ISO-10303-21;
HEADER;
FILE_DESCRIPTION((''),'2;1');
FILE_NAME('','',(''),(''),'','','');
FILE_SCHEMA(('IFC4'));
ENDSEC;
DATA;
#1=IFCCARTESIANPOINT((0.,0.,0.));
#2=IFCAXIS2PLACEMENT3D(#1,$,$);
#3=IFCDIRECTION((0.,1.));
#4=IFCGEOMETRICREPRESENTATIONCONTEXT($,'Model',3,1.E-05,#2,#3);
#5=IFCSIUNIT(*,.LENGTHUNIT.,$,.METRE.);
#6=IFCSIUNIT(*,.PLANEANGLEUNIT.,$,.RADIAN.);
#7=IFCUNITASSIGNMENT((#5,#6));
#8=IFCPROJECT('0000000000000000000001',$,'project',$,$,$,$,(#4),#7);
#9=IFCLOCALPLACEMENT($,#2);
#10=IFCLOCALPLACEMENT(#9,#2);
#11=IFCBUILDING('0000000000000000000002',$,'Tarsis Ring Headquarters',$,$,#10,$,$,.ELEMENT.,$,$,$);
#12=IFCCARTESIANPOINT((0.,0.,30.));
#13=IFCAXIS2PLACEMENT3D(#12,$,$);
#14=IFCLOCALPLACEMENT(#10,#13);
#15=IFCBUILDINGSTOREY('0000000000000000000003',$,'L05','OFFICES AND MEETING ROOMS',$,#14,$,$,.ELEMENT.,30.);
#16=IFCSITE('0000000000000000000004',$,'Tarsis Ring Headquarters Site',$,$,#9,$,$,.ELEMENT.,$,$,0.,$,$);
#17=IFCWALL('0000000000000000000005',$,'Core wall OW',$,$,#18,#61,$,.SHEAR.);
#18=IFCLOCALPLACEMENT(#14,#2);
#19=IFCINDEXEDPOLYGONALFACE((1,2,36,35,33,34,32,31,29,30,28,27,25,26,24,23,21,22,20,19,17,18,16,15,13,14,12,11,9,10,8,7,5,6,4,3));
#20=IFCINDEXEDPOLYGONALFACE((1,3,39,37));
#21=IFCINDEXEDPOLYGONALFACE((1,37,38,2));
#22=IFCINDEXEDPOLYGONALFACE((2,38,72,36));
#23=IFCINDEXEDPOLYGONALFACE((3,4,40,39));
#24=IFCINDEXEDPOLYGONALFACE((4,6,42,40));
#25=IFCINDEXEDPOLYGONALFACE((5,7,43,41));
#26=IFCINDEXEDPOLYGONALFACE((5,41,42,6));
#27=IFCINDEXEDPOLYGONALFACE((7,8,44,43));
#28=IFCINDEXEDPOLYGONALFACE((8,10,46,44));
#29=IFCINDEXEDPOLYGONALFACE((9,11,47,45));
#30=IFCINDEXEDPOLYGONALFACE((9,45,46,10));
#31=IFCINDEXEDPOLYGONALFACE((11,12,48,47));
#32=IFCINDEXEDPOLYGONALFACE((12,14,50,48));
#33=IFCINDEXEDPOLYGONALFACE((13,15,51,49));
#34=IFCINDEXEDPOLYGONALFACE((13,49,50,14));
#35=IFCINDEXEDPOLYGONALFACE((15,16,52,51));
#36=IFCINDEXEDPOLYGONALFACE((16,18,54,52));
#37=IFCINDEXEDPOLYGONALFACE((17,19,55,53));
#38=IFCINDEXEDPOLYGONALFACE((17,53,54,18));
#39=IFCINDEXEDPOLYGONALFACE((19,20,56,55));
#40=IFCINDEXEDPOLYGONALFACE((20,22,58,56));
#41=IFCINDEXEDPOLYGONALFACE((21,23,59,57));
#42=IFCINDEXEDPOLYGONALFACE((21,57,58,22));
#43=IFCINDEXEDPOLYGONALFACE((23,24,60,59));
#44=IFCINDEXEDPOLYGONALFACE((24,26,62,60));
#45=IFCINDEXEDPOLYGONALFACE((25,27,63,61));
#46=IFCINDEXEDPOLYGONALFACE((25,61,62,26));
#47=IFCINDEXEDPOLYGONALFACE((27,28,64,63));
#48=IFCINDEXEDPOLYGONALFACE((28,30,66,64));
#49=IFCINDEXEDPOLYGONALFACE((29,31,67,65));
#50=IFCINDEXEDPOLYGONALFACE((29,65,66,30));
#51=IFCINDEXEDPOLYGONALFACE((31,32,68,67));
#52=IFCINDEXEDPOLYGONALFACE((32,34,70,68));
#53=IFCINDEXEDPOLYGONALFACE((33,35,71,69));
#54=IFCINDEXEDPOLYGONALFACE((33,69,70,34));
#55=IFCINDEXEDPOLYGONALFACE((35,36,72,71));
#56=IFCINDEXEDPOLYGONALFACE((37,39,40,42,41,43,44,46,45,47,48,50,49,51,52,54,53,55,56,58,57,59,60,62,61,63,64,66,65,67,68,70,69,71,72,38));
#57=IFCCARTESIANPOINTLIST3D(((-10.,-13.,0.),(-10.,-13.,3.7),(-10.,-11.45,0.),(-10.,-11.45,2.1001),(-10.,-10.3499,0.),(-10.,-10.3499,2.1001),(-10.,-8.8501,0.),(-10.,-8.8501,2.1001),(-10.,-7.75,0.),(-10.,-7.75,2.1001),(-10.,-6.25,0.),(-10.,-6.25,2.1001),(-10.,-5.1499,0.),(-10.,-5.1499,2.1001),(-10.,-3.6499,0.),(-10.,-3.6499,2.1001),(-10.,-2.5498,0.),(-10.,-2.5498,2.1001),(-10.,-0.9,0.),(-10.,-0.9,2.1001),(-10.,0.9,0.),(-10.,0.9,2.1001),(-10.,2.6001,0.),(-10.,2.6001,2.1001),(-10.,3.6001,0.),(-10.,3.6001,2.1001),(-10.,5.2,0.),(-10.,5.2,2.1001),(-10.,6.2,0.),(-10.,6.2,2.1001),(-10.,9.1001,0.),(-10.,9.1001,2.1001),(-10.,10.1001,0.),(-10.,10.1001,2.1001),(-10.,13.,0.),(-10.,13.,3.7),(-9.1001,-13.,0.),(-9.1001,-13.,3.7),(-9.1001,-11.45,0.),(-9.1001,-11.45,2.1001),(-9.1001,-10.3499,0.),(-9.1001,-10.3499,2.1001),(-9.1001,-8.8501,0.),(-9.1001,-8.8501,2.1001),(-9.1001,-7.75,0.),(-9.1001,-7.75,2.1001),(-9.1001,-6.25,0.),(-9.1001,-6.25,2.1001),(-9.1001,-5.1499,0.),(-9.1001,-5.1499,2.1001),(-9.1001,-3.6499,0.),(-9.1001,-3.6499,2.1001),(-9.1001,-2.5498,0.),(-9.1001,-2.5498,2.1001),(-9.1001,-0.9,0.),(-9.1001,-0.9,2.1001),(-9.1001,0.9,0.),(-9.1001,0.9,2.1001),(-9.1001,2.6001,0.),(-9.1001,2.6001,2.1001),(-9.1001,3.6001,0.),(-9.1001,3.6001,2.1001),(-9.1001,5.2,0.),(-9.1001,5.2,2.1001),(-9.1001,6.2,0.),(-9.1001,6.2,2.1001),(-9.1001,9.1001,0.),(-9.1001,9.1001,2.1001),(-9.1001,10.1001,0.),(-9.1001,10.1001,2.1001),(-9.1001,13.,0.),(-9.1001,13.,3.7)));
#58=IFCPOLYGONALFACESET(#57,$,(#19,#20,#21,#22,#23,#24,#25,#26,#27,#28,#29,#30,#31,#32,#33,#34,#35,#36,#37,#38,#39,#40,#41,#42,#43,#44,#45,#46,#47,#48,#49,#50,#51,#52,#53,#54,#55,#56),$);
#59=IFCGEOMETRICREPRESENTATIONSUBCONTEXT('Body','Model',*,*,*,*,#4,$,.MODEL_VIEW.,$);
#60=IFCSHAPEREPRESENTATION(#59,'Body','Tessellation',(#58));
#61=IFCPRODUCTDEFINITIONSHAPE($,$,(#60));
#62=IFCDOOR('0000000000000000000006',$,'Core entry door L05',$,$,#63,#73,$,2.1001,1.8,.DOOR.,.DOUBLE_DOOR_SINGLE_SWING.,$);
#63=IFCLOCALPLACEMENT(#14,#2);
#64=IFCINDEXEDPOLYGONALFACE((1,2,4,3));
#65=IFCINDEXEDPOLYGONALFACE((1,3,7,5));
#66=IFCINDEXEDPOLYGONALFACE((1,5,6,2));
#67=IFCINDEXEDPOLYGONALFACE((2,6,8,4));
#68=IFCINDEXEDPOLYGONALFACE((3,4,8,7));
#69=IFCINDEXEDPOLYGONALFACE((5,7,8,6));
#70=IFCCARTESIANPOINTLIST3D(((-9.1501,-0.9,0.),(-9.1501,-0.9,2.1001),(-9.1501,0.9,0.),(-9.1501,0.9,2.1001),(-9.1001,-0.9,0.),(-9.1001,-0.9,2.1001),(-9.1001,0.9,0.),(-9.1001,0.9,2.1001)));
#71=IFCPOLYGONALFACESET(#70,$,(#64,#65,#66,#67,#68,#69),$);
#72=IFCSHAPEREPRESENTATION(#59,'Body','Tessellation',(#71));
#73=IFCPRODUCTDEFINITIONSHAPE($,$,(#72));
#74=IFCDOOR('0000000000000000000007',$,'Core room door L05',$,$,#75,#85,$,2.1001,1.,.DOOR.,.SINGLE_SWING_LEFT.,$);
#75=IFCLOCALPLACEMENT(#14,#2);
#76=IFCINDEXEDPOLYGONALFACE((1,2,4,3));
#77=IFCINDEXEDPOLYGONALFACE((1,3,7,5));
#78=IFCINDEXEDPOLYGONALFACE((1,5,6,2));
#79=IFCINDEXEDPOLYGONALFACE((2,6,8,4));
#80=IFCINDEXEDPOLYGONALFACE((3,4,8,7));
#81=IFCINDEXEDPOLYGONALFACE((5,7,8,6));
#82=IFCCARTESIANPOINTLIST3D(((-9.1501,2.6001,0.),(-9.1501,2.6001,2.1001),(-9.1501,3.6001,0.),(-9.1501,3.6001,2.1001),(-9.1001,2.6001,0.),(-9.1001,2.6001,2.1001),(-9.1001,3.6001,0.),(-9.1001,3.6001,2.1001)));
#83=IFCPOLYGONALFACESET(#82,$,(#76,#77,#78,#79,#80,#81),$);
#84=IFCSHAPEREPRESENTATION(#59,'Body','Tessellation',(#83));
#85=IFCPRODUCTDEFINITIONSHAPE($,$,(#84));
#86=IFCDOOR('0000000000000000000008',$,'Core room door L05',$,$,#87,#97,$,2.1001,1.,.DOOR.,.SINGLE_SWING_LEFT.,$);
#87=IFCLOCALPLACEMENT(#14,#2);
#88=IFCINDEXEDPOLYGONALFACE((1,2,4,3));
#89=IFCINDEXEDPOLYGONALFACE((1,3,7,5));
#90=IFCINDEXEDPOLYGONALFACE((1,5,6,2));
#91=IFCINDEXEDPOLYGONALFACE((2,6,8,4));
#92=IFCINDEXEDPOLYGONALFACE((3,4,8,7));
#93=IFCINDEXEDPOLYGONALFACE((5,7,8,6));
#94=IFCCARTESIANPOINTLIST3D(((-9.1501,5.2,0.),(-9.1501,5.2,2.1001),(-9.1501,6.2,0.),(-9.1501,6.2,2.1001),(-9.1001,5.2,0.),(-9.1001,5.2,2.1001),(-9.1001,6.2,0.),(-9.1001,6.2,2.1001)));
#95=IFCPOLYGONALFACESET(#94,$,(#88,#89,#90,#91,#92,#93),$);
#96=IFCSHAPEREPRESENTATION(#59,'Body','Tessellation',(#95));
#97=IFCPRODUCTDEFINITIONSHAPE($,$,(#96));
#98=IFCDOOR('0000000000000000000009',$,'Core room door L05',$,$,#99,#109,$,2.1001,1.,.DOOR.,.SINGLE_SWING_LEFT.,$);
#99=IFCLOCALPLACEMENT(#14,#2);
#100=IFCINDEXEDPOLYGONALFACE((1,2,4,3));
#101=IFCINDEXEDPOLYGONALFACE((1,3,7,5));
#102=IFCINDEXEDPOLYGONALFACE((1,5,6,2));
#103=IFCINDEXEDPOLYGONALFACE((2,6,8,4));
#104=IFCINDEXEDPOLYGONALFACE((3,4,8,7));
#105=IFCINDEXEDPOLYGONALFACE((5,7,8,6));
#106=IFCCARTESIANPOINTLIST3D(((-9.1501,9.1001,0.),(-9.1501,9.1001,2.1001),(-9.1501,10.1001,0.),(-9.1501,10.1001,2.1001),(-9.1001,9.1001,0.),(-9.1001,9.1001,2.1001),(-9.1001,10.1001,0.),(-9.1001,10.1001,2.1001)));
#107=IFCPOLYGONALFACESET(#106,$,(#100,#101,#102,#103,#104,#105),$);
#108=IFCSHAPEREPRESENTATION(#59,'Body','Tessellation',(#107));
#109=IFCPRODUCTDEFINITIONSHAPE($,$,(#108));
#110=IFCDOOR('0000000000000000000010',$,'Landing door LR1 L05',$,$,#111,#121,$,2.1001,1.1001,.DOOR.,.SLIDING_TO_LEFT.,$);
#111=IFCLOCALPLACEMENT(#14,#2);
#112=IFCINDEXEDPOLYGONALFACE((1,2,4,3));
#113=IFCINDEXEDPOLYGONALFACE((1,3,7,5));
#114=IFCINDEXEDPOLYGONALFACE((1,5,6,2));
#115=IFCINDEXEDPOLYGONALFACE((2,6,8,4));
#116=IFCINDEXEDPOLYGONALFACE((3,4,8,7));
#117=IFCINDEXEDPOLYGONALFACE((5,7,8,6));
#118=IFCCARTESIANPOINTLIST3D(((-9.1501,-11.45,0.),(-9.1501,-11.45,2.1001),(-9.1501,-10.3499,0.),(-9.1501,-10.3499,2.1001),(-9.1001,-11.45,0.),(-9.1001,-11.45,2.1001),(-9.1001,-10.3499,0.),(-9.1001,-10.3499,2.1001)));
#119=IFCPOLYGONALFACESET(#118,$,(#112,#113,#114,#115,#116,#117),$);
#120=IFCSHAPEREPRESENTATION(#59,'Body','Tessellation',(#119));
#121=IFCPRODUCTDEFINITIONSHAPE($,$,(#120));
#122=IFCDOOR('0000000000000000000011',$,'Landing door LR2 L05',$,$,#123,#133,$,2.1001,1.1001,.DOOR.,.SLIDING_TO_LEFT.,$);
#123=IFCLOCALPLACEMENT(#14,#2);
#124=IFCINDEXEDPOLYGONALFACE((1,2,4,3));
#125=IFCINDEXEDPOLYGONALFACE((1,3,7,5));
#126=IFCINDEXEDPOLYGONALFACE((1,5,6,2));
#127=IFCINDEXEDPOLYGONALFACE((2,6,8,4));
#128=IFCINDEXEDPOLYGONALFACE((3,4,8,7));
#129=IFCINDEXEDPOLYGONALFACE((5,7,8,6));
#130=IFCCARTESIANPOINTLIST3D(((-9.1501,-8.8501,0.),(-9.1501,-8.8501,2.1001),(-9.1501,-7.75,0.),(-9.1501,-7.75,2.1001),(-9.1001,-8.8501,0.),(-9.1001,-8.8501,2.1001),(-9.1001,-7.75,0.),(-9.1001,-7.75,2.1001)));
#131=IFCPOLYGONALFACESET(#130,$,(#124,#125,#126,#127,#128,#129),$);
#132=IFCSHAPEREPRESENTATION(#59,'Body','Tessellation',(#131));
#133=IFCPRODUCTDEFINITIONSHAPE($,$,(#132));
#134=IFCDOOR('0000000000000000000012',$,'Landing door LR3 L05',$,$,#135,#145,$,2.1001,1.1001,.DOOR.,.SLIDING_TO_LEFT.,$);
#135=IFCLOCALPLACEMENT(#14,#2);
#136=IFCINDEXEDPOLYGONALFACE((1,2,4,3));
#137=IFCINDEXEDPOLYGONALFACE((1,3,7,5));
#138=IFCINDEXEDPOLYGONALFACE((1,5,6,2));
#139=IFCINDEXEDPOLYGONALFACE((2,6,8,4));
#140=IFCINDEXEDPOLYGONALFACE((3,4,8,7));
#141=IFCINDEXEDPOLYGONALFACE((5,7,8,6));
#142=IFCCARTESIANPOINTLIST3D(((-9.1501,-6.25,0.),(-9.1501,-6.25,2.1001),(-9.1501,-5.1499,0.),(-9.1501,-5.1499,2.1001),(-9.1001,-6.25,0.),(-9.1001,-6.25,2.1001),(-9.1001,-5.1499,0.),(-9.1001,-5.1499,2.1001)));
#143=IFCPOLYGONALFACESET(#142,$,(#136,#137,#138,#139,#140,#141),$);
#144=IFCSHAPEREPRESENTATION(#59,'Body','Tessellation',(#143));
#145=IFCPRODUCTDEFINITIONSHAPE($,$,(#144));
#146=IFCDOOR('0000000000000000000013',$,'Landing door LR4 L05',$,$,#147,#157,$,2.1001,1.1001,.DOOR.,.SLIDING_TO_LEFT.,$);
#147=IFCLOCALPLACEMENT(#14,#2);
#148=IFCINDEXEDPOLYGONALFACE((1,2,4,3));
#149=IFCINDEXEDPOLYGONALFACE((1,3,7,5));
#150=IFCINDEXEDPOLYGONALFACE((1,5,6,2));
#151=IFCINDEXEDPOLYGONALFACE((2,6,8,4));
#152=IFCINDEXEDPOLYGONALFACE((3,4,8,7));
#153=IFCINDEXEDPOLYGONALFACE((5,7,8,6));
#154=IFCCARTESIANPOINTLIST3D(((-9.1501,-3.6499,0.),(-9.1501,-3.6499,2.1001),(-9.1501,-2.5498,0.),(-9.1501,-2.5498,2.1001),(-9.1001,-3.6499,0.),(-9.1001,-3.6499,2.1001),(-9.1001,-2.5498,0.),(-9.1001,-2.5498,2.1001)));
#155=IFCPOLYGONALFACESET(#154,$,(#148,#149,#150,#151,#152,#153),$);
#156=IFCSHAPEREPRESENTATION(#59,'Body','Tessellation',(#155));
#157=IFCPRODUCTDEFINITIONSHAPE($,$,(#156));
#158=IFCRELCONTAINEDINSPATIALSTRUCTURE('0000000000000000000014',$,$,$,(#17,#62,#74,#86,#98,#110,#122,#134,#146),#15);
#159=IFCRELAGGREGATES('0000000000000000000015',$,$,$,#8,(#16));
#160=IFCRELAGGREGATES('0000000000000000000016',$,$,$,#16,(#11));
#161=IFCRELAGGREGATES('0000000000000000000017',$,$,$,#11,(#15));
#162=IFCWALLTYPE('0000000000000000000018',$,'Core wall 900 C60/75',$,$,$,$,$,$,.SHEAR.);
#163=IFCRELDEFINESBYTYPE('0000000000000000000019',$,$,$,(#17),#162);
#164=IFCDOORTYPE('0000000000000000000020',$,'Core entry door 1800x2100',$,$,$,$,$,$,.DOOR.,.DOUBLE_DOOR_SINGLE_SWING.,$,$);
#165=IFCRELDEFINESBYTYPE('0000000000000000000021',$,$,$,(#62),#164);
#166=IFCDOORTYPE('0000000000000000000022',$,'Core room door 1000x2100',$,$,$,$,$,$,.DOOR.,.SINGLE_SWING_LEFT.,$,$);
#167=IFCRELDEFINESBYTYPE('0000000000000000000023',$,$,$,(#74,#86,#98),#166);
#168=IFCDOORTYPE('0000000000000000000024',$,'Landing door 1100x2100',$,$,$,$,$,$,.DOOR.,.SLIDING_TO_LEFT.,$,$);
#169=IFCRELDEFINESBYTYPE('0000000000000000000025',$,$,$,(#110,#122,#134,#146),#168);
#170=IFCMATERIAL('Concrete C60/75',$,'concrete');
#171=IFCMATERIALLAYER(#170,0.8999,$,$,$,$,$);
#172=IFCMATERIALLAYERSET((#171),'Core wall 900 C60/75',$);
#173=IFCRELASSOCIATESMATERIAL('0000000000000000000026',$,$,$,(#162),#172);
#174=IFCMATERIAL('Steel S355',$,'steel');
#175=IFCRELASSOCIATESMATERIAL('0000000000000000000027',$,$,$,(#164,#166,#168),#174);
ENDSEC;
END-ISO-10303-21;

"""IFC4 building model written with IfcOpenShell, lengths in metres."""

from ifc_helpers import new_model, si_unit, direction, frame, frame_2d, origin, place, context, subcontext, project, spatial, rectangle, extrude, material, layer, layer_set, type_object, element, fill, save


model = new_model("IFC4")

# Units and contexts
model_context = context("Model", 3, precision=1e-05, world=origin(), true_north=direction((0.0, 1.0)))
body_context = subcontext(model_context, "Body", "Model", "MODEL_VIEW")
ifc_project = project(units=[si_unit("LENGTHUNIT", "METRE"), si_unit("PLANEANGLEUNIT", "RADIAN")], contexts=[model_context])

# Site, building, storey
site_placement = place(None, origin())
site = spatial("IfcSite", under=ifc_project, at=site_placement, Name="Tarsis Ring Headquarters Site", CompositionType="ELEMENT", RefElevation=0.0)
building_placement = place(site_placement, origin())
building = spatial("IfcBuilding", under=site, at=building_placement, Name="Tarsis Ring Headquarters", CompositionType="ELEMENT")
storey_placement = place(building_placement, frame((0.0, 0.0, 30.0)))
storey = spatial("IfcBuildingStorey", under=building, at=storey_placement, Name="L05", Description="OFFICES AND MEETING ROOMS", CompositionType="ELEMENT", Elevation=30.0)

# Wall, openings, doors
ifc_material_1 = material(Name="Concrete C60/75", Category="concrete")
ifc_layer_1 = layer(ifc_material_1, 0.8999)
ifc_layer_set_1 = layer_set([ifc_layer_1], Name="Core wall 900 C60/75")
wall_type_1 = type_object("IfcWallType", Name="Core wall 900 C60/75", PredefinedType="SHEAR", material=ifc_layer_set_1)
wall_1_placement = place(storey_placement, frame((-9.55, -13.0, 0.0), z_axis=(0.0, 0.0, 1.0), x_axis=(0.0, 1.0, 0.0)))
wall_1 = element("IfcWall", 1, at=wall_1_placement, inside=storey, type_object=wall_type_1, Name="Core wall OW", PredefinedType="SHEAR", context=body_context, shape_type="SweptSolid", body=[
    extrude(rectangle(XDim=26.0, YDim=0.8999, at=frame_2d((13.0, 0.0))), origin(), (0.0, 0.0, 1.0), 3.7),
])
opening_1_placement = place(wall_1_placement, frame((1.55, 0.0, 0.0)))
opening_1 = element("IfcOpeningElement", 2, at=opening_1_placement, cuts=wall_1, PredefinedType="OPENING", context=body_context, shape_type="SweptSolid", body=[
    extrude(rectangle(XDim=1.1001, YDim=2.1001, at=frame_2d((0.55, 1.05))), frame((0.0, 0.46, 0.0), z_axis=(0.0, -1.0, 0.0), x_axis=(1.0, 0.0, 0.0)), (0.0, 0.0, 1.0), 0.9199),
])
opening_2_placement = place(wall_1_placement, frame((4.1499, 0.0, 0.0)))
opening_2 = element("IfcOpeningElement", 3, at=opening_2_placement, cuts=wall_1, PredefinedType="OPENING", context=body_context, shape_type="SweptSolid", body=[
    extrude(rectangle(XDim=1.1001, YDim=2.1001, at=frame_2d((0.55, 1.05))), frame((0.0, 0.46, 0.0), z_axis=(0.0, -1.0, 0.0), x_axis=(1.0, 0.0, 0.0)), (0.0, 0.0, 1.0), 0.9199),
])
opening_3_placement = place(wall_1_placement, frame((6.75, 0.0, 0.0)))
opening_3 = element("IfcOpeningElement", 4, at=opening_3_placement, cuts=wall_1, PredefinedType="OPENING", context=body_context, shape_type="SweptSolid", body=[
    extrude(rectangle(XDim=1.1001, YDim=2.1001, at=frame_2d((0.55, 1.05))), frame((0.0, 0.46, 0.0), z_axis=(0.0, -1.0, 0.0), x_axis=(1.0, 0.0, 0.0)), (0.0, 0.0, 1.0), 0.9199),
])
opening_4_placement = place(wall_1_placement, frame((9.3501, 0.0, 0.0)))
opening_4 = element("IfcOpeningElement", 5, at=opening_4_placement, cuts=wall_1, PredefinedType="OPENING", context=body_context, shape_type="SweptSolid", body=[
    extrude(rectangle(XDim=1.1001, YDim=2.1001, at=frame_2d((0.55, 1.05))), frame((0.0, 0.46, 0.0), z_axis=(0.0, -1.0, 0.0), x_axis=(1.0, 0.0, 0.0)), (0.0, 0.0, 1.0), 0.9199),
])
opening_5_placement = place(wall_1_placement, frame((12.1001, 0.0, 0.0)))
opening_5 = element("IfcOpeningElement", 6, at=opening_5_placement, cuts=wall_1, PredefinedType="OPENING", context=body_context, shape_type="SweptSolid", body=[
    extrude(rectangle(XDim=1.8, YDim=2.1001, at=frame_2d((0.8999, 1.05))), frame((0.0, 0.46, 0.0), z_axis=(0.0, -1.0, 0.0), x_axis=(1.0, 0.0, 0.0)), (0.0, 0.0, 1.0), 0.9199),
])
opening_6_placement = place(wall_1_placement, frame((15.6001, 0.0, 0.0)))
opening_6 = element("IfcOpeningElement", 7, at=opening_6_placement, cuts=wall_1, PredefinedType="OPENING", context=body_context, shape_type="SweptSolid", body=[
    extrude(rectangle(XDim=1.0, YDim=2.1001, at=frame_2d((0.5, 1.05))), frame((0.0, 0.46, 0.0), z_axis=(0.0, -1.0, 0.0), x_axis=(1.0, 0.0, 0.0)), (0.0, 0.0, 1.0), 0.9199),
])
opening_7_placement = place(wall_1_placement, frame((18.2, 0.0, 0.0)))
opening_7 = element("IfcOpeningElement", 8, at=opening_7_placement, cuts=wall_1, PredefinedType="OPENING", context=body_context, shape_type="SweptSolid", body=[
    extrude(rectangle(XDim=1.0, YDim=2.1001, at=frame_2d((0.5, 1.05))), frame((0.0, 0.46, 0.0), z_axis=(0.0, -1.0, 0.0), x_axis=(1.0, 0.0, 0.0)), (0.0, 0.0, 1.0), 0.9199),
])
opening_8_placement = place(wall_1_placement, frame((22.1001, 0.0, 0.0)))
opening_8 = element("IfcOpeningElement", 9, at=opening_8_placement, cuts=wall_1, PredefinedType="OPENING", context=body_context, shape_type="SweptSolid", body=[
    extrude(rectangle(XDim=1.0, YDim=2.1001, at=frame_2d((0.5, 1.05))), frame((0.0, 0.46, 0.0), z_axis=(0.0, -1.0, 0.0), x_axis=(1.0, 0.0, 0.0)), (0.0, 0.0, 1.0), 0.9199),
])
ifc_material_2 = material(Name="Steel S355", Category="steel")
door_type_1 = type_object("IfcDoorType", Name="Core entry door 1800x2100", OperationType="DOUBLE_DOOR_SINGLE_SWING", PredefinedType="DOOR", material=ifc_material_2)
door_1_placement = place(opening_5_placement, origin())
door_1 = element("IfcDoor", 10, at=door_1_placement, inside=storey, type_object=door_type_1, Name="Core entry door L05", OperationType="DOUBLE_DOOR_SINGLE_SWING", OverallHeight=2.1001, OverallWidth=1.8, PredefinedType="DOOR", context=body_context, shape_type="SweptSolid", body=[
    extrude(rectangle(XDim=1.8, YDim=2.1001, at=frame_2d((0.8999, 1.05))), frame((0.0, -0.3999, 0.0), z_axis=(0.0, -1.0, 0.0), x_axis=(1.0, 0.0, 0.0)), (0.0, 0.0, 1.0), 0.05),
])
fill(opening_5, door_1)
door_type_2 = type_object("IfcDoorType", Name="Core room door 1000x2100", OperationType="SINGLE_SWING_LEFT", PredefinedType="DOOR", material=ifc_material_2)
door_2_placement = place(opening_6_placement, origin())
door_2 = element("IfcDoor", 11, at=door_2_placement, inside=storey, type_object=door_type_2, Name="Core room door L05", OperationType="SINGLE_SWING_LEFT", OverallHeight=2.1001, OverallWidth=1.0, PredefinedType="DOOR", context=body_context, shape_type="SweptSolid", body=[
    extrude(rectangle(XDim=1.0, YDim=2.1001, at=frame_2d((0.5, 1.05))), frame((0.0, -0.3999, 0.0), z_axis=(0.0, -1.0, 0.0), x_axis=(1.0, 0.0, 0.0)), (0.0, 0.0, 1.0), 0.05),
])
fill(opening_6, door_2)
door_3_placement = place(opening_7_placement, origin())
door_3 = element("IfcDoor", 12, at=door_3_placement, inside=storey, type_object=door_type_2, Name="Core room door L05", OperationType="SINGLE_SWING_LEFT", OverallHeight=2.1001, OverallWidth=1.0, PredefinedType="DOOR", context=body_context, shape_type="SweptSolid", body=[
    extrude(rectangle(XDim=1.0, YDim=2.1001, at=frame_2d((0.5, 1.05))), frame((0.0, -0.3999, 0.0), z_axis=(0.0, -1.0, 0.0), x_axis=(1.0, 0.0, 0.0)), (0.0, 0.0, 1.0), 0.05),
])
fill(opening_7, door_3)
door_4_placement = place(opening_8_placement, origin())
door_4 = element("IfcDoor", 13, at=door_4_placement, inside=storey, type_object=door_type_2, Name="Core room door L05", OperationType="SINGLE_SWING_LEFT", OverallHeight=2.1001, OverallWidth=1.0, PredefinedType="DOOR", context=body_context, shape_type="SweptSolid", body=[
    extrude(rectangle(XDim=1.0, YDim=2.1001, at=frame_2d((0.5, 1.05))), frame((0.0, -0.3999, 0.0), z_axis=(0.0, -1.0, 0.0), x_axis=(1.0, 0.0, 0.0)), (0.0, 0.0, 1.0), 0.05),
])
fill(opening_8, door_4)
door_type_3 = type_object("IfcDoorType", Name="Landing door 1100x2100", OperationType="SLIDING_TO_LEFT", PredefinedType="DOOR", material=ifc_material_2)
door_5_placement = place(opening_1_placement, origin())
door_5 = element("IfcDoor", 14, at=door_5_placement, inside=storey, type_object=door_type_3, Name="Landing door LR1 L05", OperationType="SLIDING_TO_LEFT", OverallHeight=2.1001, OverallWidth=1.1001, PredefinedType="DOOR", context=body_context, shape_type="SweptSolid", body=[
    extrude(rectangle(XDim=1.1001, YDim=2.1001, at=frame_2d((0.55, 1.05))), frame((0.0, -0.3999, 0.0), z_axis=(0.0, -1.0, 0.0), x_axis=(1.0, 0.0, 0.0)), (0.0, 0.0, 1.0), 0.05),
])
fill(opening_1, door_5)
door_6_placement = place(opening_2_placement, origin())
door_6 = element("IfcDoor", 15, at=door_6_placement, inside=storey, type_object=door_type_3, Name="Landing door LR2 L05", OperationType="SLIDING_TO_LEFT", OverallHeight=2.1001, OverallWidth=1.1001, PredefinedType="DOOR", context=body_context, shape_type="SweptSolid", body=[
    extrude(rectangle(XDim=1.1001, YDim=2.1001, at=frame_2d((0.55, 1.05))), frame((0.0, -0.3999, 0.0), z_axis=(0.0, -1.0, 0.0), x_axis=(1.0, 0.0, 0.0)), (0.0, 0.0, 1.0), 0.05),
])
fill(opening_2, door_6)
door_7_placement = place(opening_3_placement, origin())
door_7 = element("IfcDoor", 16, at=door_7_placement, inside=storey, type_object=door_type_3, Name="Landing door LR3 L05", OperationType="SLIDING_TO_LEFT", OverallHeight=2.1001, OverallWidth=1.1001, PredefinedType="DOOR", context=body_context, shape_type="SweptSolid", body=[
    extrude(rectangle(XDim=1.1001, YDim=2.1001, at=frame_2d((0.55, 1.05))), frame((0.0, -0.3999, 0.0), z_axis=(0.0, -1.0, 0.0), x_axis=(1.0, 0.0, 0.0)), (0.0, 0.0, 1.0), 0.05),
])
fill(opening_3, door_7)
door_8_placement = place(opening_4_placement, origin())
door_8 = element("IfcDoor", 17, at=door_8_placement, inside=storey, type_object=door_type_3, Name="Landing door LR4 L05", OperationType="SLIDING_TO_LEFT", OverallHeight=2.1001, OverallWidth=1.1001, PredefinedType="DOOR", context=body_context, shape_type="SweptSolid", body=[
    extrude(rectangle(XDim=1.1001, YDim=2.1001, at=frame_2d((0.55, 1.05))), frame((0.0, -0.3999, 0.0), z_axis=(0.0, -1.0, 0.0), x_axis=(1.0, 0.0, 0.0)), (0.0, 0.0, 1.0), 0.05),
])
fill(opening_4, door_8)

save(model, "model.ifc")
